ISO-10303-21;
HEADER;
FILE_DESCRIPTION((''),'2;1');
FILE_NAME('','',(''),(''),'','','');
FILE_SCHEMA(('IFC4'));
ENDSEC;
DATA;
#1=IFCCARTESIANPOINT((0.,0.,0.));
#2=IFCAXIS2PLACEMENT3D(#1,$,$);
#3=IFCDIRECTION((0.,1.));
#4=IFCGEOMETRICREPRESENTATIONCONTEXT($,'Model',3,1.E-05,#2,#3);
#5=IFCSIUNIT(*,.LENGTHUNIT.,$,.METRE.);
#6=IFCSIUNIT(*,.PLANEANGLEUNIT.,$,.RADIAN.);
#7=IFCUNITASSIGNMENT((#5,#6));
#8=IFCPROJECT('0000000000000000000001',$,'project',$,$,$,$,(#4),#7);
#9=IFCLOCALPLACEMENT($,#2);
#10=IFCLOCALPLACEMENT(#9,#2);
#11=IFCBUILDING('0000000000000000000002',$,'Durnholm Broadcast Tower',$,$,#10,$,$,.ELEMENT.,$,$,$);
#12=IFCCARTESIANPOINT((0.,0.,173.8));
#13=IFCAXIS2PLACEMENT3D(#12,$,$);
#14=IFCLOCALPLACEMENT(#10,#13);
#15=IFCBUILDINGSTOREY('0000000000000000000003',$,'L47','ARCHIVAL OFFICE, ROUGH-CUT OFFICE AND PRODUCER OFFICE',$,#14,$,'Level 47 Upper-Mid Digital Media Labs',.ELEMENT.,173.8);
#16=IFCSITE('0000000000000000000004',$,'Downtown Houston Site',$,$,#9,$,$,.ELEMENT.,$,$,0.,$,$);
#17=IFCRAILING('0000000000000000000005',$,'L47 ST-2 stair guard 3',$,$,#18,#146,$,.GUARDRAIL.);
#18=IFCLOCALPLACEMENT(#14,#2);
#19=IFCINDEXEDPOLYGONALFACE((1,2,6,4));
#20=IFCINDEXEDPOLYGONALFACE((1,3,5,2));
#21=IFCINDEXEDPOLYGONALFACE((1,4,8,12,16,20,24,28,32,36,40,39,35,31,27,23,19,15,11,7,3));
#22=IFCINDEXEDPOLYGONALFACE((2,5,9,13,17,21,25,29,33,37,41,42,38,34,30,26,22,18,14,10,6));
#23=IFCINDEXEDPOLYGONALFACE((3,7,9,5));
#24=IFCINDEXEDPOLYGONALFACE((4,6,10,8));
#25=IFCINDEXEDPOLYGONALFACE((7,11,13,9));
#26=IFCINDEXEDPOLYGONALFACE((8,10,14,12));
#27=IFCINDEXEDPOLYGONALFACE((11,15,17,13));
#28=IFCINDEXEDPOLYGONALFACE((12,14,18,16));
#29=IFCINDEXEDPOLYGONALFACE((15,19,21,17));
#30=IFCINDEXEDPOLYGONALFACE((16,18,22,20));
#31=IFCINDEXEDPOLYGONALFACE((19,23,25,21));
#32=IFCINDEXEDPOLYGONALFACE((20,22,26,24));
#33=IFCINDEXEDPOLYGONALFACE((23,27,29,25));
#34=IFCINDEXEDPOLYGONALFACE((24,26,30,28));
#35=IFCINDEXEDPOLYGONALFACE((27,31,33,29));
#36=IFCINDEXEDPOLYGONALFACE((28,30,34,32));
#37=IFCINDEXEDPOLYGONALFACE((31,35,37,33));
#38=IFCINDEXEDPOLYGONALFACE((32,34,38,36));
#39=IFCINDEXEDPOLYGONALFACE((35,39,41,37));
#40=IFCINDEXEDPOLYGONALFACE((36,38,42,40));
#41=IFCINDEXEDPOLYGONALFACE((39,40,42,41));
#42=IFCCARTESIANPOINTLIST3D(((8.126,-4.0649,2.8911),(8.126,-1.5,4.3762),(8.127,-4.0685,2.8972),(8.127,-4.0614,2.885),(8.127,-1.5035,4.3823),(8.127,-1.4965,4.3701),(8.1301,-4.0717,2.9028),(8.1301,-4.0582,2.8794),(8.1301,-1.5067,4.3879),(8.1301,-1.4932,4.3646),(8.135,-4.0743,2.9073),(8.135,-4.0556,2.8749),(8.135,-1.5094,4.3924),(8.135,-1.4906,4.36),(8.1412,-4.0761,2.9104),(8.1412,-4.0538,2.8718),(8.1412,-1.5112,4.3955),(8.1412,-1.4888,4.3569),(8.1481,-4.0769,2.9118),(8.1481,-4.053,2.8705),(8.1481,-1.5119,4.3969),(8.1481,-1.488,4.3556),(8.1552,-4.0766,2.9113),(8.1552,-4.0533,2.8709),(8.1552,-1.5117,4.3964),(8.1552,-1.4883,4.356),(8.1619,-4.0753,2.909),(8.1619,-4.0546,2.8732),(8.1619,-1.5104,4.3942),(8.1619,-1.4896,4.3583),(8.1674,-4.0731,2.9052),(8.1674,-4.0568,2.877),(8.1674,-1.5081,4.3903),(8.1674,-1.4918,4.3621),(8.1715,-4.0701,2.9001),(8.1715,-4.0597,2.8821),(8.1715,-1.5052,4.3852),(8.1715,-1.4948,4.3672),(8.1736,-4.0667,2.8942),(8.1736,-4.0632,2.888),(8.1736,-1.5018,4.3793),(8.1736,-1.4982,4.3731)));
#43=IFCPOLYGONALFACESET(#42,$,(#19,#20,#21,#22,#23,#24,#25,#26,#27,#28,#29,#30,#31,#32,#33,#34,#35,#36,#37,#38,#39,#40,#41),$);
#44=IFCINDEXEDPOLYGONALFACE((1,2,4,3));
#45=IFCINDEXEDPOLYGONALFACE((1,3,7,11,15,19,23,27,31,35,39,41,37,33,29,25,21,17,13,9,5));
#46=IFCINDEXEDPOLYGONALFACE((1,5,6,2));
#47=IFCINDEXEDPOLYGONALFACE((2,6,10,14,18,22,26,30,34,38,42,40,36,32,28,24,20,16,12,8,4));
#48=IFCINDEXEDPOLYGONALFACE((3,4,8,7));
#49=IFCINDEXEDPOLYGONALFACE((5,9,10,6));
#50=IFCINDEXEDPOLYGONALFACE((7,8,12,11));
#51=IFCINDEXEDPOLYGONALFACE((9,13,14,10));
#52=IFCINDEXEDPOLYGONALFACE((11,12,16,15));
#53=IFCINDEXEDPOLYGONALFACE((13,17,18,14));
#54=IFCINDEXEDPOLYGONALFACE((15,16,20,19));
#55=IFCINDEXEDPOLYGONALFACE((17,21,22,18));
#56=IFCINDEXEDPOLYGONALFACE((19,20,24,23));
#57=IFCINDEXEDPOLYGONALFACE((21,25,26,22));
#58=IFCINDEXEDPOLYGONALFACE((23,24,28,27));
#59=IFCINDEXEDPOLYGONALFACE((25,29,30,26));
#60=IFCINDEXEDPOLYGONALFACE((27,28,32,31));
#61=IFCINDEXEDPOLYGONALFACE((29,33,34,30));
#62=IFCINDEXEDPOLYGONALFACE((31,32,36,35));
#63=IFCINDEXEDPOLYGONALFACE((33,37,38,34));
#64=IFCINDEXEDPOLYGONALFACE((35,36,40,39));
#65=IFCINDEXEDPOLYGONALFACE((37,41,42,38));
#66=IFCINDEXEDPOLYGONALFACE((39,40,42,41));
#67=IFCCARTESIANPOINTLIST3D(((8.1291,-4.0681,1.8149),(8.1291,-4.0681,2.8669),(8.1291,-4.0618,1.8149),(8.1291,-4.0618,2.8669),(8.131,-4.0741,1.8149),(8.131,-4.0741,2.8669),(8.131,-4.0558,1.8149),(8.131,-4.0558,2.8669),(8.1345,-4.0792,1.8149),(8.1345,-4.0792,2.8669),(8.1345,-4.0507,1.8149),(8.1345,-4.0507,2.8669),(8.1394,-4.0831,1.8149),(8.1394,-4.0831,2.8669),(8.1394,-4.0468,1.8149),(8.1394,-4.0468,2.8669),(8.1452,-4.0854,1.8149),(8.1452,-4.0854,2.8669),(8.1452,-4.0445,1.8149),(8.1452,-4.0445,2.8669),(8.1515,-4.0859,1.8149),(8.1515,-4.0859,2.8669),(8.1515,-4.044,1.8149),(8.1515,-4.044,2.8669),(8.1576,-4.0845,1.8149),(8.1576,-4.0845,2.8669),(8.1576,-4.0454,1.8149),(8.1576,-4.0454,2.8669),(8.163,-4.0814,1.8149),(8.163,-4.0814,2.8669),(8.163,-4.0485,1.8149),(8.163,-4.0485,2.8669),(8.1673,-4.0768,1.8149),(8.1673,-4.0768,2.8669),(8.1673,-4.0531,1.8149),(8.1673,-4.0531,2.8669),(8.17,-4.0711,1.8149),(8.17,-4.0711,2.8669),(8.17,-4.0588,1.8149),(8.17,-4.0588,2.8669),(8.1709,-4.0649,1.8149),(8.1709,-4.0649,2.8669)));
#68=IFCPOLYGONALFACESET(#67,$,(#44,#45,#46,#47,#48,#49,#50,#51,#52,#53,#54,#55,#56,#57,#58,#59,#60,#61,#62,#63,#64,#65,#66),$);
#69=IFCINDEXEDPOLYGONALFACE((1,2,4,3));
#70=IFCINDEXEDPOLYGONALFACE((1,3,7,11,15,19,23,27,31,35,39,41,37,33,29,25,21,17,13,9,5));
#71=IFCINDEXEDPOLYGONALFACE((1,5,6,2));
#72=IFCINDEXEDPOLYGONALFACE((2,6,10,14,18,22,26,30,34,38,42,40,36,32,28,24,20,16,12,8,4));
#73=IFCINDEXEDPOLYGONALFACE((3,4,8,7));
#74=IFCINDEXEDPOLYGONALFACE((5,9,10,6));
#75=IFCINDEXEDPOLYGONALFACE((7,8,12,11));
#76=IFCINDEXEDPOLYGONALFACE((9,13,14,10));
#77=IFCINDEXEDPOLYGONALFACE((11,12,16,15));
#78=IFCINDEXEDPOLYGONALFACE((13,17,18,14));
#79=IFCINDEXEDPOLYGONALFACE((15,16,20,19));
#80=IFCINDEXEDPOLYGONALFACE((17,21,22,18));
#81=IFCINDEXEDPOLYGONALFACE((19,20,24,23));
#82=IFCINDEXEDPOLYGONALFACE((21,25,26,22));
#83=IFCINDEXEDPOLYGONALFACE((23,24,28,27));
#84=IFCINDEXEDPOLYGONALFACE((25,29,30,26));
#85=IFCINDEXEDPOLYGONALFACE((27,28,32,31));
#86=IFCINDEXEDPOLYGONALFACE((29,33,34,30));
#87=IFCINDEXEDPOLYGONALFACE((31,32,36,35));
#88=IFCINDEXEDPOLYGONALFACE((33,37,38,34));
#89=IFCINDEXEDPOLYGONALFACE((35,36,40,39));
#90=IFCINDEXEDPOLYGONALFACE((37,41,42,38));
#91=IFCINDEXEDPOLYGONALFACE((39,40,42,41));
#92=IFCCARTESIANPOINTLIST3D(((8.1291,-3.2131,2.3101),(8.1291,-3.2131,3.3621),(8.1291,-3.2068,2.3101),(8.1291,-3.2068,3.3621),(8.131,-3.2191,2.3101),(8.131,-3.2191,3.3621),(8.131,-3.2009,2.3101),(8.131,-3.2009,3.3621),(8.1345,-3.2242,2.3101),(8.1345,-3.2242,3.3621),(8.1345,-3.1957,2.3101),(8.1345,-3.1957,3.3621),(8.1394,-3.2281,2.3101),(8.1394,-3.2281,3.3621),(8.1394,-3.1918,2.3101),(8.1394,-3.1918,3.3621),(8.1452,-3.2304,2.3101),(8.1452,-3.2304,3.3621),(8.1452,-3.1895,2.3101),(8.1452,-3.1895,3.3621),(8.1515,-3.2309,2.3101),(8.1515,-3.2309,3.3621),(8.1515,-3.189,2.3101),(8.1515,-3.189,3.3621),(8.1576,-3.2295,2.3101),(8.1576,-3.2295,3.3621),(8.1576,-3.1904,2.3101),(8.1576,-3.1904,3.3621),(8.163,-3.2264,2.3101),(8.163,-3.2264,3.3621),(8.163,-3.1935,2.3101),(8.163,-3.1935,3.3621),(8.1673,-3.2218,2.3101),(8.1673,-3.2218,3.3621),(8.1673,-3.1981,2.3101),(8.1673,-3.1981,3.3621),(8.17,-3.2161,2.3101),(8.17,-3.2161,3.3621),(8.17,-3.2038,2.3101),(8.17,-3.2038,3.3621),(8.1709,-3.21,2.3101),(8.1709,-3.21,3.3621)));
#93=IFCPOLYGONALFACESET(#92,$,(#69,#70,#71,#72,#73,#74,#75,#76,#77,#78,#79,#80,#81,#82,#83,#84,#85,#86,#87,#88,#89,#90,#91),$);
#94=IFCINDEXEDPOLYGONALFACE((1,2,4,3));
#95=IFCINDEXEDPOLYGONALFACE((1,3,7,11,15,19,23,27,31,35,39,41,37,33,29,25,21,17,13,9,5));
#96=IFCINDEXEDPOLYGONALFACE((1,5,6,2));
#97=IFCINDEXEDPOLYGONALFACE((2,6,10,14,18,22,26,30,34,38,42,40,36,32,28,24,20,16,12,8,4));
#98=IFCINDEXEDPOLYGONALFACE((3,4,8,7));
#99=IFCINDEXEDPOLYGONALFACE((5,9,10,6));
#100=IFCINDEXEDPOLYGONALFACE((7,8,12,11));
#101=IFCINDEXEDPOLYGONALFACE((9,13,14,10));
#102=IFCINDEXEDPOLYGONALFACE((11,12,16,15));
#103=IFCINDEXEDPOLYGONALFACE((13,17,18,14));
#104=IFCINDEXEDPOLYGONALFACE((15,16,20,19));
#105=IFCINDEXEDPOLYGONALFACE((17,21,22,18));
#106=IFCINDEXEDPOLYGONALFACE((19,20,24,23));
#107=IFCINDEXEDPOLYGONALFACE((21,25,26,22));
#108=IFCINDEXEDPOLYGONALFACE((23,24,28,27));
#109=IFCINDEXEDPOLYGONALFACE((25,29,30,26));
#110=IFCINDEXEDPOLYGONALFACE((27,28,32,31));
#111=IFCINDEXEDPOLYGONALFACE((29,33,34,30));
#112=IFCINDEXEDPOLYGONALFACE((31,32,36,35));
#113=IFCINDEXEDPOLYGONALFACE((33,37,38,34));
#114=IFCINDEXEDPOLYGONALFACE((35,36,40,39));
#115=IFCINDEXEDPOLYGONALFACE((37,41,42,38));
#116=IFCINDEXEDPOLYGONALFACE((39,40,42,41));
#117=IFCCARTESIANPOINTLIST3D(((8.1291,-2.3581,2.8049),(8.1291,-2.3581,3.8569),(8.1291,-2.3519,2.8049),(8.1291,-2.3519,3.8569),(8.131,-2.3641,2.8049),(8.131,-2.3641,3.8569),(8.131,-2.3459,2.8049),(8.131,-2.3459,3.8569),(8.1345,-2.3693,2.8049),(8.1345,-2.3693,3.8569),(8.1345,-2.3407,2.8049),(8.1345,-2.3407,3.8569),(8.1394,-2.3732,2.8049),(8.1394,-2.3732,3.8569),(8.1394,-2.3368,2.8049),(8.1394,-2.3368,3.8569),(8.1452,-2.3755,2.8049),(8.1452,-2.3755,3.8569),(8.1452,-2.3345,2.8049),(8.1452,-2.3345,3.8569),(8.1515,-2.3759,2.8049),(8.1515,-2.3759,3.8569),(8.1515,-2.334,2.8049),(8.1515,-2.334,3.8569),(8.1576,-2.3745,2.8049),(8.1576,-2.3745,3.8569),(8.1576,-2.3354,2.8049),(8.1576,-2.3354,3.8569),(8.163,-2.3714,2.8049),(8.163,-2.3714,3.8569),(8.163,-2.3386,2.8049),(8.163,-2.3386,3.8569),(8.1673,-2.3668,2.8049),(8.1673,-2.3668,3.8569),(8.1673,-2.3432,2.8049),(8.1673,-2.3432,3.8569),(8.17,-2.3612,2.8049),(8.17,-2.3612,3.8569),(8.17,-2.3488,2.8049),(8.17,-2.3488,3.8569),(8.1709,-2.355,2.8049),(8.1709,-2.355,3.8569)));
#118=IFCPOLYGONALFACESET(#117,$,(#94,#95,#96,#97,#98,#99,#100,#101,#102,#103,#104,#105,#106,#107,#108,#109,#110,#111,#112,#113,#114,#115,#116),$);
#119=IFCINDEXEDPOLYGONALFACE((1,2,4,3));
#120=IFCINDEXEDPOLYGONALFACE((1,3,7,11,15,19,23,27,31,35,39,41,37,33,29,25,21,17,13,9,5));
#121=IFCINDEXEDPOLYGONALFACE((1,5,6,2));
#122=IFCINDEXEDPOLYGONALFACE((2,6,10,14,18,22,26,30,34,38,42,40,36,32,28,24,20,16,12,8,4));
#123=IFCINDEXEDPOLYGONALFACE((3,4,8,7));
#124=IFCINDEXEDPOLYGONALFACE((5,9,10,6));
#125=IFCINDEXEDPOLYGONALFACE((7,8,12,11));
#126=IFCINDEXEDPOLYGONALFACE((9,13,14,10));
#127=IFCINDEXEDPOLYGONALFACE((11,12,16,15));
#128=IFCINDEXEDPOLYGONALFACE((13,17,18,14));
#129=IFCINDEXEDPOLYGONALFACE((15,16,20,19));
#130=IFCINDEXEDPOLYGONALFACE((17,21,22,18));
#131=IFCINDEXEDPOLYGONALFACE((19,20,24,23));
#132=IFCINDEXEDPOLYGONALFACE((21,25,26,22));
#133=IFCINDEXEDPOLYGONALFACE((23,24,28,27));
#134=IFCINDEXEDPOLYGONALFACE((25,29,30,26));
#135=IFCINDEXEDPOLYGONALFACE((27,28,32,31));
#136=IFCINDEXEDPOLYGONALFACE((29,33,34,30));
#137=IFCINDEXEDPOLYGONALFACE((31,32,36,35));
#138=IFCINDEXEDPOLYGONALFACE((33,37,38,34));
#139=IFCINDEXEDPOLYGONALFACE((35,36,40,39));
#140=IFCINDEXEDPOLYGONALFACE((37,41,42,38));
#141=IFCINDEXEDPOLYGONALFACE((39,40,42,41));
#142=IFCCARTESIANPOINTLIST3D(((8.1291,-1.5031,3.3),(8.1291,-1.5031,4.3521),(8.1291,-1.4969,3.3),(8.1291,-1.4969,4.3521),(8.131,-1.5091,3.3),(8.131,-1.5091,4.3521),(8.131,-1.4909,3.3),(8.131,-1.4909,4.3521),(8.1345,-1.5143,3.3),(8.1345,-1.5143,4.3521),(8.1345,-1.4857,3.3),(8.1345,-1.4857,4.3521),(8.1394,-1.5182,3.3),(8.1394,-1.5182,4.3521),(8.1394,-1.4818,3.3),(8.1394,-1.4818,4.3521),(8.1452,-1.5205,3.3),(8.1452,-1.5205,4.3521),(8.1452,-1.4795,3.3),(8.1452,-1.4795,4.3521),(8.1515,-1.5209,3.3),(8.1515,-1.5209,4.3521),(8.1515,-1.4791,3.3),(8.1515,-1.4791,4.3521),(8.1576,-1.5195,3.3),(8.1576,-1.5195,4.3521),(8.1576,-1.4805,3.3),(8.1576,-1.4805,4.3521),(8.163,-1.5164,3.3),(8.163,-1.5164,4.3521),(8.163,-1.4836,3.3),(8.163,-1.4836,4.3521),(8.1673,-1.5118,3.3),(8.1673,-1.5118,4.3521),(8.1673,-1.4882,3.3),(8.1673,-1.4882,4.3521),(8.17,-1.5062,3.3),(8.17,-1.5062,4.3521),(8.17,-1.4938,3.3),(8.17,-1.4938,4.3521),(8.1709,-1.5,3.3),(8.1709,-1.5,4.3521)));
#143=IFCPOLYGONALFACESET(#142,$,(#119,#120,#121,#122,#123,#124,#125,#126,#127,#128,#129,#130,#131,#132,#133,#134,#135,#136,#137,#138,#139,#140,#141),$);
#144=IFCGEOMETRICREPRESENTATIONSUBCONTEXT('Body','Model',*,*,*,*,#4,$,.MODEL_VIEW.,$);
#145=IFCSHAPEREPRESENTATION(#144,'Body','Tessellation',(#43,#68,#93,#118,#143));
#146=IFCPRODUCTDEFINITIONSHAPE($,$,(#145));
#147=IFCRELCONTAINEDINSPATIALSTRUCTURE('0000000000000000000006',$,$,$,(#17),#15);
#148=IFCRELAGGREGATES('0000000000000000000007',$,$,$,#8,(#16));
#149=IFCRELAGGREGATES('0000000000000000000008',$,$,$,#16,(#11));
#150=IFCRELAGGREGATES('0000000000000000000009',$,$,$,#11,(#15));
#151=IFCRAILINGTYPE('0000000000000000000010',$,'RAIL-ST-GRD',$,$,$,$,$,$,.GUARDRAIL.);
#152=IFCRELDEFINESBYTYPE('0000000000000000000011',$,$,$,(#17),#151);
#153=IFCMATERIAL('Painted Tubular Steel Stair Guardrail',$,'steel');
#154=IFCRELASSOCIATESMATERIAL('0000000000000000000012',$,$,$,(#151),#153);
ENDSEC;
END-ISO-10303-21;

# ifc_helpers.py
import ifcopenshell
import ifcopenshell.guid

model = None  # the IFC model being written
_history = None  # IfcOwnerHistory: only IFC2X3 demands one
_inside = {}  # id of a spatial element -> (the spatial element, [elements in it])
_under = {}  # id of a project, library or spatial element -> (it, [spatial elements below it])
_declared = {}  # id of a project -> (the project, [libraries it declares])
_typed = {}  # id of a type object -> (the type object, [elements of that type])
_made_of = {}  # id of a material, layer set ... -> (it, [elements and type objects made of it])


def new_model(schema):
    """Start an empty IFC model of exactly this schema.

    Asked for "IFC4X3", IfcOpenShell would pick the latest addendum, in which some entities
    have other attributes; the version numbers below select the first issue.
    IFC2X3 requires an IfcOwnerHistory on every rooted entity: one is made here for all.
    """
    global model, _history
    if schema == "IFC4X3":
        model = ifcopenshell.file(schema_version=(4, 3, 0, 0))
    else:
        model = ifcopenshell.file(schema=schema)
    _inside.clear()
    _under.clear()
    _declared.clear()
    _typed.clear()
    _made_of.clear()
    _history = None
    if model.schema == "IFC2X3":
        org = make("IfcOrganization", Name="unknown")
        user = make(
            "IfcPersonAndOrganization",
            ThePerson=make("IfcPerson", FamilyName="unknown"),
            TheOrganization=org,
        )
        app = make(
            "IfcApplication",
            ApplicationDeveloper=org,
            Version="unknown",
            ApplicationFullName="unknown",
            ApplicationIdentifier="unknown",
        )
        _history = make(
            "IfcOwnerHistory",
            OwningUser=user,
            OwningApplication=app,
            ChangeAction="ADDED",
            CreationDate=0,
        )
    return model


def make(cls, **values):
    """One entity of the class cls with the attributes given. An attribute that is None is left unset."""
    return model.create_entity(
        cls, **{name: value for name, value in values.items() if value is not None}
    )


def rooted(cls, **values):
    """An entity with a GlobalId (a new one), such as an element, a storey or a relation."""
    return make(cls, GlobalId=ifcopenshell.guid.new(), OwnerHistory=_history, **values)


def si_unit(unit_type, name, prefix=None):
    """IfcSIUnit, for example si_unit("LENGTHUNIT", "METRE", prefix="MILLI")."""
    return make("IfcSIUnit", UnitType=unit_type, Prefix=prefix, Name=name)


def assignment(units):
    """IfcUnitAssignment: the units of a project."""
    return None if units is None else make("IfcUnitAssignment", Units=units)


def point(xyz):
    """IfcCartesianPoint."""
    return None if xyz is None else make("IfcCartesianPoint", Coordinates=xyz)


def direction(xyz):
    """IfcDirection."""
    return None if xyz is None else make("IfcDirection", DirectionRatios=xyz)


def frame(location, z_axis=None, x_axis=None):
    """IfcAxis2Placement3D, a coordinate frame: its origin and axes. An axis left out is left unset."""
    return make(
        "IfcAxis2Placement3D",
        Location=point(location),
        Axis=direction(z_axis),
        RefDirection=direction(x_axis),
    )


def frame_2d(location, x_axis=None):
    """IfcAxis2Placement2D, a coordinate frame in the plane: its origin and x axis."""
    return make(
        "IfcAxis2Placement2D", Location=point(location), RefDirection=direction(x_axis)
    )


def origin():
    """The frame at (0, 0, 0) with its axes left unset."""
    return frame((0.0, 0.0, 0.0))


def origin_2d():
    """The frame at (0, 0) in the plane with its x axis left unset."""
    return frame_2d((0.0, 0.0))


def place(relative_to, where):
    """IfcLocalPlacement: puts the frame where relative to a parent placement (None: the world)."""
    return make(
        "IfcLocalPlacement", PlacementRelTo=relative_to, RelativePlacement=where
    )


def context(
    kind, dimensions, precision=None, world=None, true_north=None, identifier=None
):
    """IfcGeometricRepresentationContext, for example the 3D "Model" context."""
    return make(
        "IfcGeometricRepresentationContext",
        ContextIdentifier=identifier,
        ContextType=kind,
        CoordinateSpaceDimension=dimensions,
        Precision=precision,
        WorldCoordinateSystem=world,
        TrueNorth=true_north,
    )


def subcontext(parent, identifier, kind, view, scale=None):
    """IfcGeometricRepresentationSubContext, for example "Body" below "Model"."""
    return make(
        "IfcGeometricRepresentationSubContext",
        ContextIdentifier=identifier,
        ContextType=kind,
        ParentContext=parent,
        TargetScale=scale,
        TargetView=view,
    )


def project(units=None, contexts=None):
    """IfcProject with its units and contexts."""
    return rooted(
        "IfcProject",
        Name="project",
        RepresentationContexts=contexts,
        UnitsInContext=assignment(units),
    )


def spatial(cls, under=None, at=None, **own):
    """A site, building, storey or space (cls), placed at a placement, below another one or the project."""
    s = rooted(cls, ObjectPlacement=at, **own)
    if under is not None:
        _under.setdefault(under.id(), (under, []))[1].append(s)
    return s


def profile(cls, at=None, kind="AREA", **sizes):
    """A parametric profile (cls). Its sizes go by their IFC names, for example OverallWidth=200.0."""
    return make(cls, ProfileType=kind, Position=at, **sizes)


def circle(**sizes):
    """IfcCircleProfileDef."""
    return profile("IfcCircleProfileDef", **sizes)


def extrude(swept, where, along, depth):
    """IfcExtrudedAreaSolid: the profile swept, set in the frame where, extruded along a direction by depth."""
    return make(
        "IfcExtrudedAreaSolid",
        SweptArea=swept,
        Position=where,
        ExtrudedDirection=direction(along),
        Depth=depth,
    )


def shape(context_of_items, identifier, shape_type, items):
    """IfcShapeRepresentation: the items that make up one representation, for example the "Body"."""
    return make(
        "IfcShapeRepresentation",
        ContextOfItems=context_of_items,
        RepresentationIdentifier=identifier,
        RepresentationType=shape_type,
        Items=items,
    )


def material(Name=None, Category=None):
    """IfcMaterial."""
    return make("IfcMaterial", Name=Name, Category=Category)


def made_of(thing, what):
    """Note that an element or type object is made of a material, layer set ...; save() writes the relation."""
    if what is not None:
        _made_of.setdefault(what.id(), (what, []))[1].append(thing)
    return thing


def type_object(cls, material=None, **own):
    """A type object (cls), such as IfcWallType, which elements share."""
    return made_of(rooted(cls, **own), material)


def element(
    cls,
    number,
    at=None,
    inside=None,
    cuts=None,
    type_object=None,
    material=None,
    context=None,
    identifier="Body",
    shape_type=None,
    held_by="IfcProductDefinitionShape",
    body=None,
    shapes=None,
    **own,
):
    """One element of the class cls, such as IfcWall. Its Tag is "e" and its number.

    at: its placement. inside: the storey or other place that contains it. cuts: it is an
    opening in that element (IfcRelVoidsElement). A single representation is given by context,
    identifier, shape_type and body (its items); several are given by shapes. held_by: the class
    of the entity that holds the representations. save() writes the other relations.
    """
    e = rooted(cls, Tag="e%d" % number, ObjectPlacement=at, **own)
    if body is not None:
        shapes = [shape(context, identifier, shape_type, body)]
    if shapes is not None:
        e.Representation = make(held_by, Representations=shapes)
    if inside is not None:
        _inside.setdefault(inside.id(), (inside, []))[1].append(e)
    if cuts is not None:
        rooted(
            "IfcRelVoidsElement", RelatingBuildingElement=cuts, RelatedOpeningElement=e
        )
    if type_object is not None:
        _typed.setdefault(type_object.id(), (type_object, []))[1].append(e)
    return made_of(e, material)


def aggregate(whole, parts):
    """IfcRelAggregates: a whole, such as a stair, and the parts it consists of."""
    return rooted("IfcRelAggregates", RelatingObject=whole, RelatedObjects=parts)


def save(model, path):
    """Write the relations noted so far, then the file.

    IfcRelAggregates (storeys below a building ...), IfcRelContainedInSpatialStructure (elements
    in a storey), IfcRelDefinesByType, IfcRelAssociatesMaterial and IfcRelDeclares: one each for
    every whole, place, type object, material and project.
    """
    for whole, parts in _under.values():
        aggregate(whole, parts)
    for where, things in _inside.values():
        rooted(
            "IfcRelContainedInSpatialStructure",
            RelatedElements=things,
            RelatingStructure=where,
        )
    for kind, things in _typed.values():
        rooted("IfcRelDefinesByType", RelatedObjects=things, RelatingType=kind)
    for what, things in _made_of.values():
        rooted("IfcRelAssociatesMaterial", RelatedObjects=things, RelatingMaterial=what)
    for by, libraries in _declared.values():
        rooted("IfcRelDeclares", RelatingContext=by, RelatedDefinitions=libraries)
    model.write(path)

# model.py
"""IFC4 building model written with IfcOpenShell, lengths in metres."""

from ifc_helpers import new_model, si_unit, direction, frame, origin, origin_2d, place, context, subcontext, project, spatial, circle, extrude, material, type_object, element, save


model = new_model("IFC4")

# Units and contexts
model_context = context("Model", 3, precision=1e-05, world=origin(), true_north=direction((0.0, 1.0)))
body_context = subcontext(model_context, "Body", "Model", "MODEL_VIEW")
ifc_project = project(units=[si_unit("LENGTHUNIT", "METRE"), si_unit("PLANEANGLEUNIT", "RADIAN")], contexts=[model_context])

# Site, building, storey
site_placement = place(None, origin())
site = spatial("IfcSite", under=ifc_project, at=site_placement, Name="Downtown Houston Site", CompositionType="ELEMENT", RefElevation=0.0)
building_placement = place(site_placement, origin())
building = spatial("IfcBuilding", under=site, at=building_placement, Name="Durnholm Broadcast Tower", CompositionType="ELEMENT")
storey_placement = place(building_placement, frame((0.0, 0.0, 173.8)))
storey = spatial("IfcBuildingStorey", under=building, at=storey_placement, Name="L47", Description="ARCHIVAL OFFICE, ROUGH-CUT OFFICE AND PRODUCER OFFICE", LongName="Level 47 Upper-Mid Digital Media Labs", CompositionType="ELEMENT", Elevation=173.8)

# Railing
ifc_material_1 = material(Name="Painted Tubular Steel Stair Guardrail", Category="steel")
railing_type_1 = type_object("IfcRailingType", Name="RAIL-ST-GRD", PredefinedType="GUARDRAIL", material=ifc_material_1)
railing_1_placement = place(storey_placement, frame((8.1499, -4.0649, 1.8149)))
element("IfcRailing", 1, at=railing_1_placement, inside=storey, type_object=railing_type_1, Name="L47 ST-2 stair guard 3", PredefinedType="GUARDRAIL", context=body_context, shape_type="SweptSolid", body=[
    extrude(circle(Radius=0.0239, at=origin_2d()), frame((0.0, 0.0, 1.0762), z_axis=(0.0, 0.865406, 0.501072), x_axis=(-1.0, 0.0, 0.0)), (0.0, 0.0, 1.0), 2.9639),
    extrude(circle(Radius=0.021, at=origin_2d()), origin(), (0.0, 0.0, 1.0), 1.052),
    extrude(circle(Radius=0.021, at=origin_2d()), frame((0.0, 0.855, 0.4951)), (0.0, 0.0, 1.0), 1.052),
    extrude(circle(Radius=0.021, at=origin_2d()), frame((0.0, 1.71, 0.99)), (0.0, 0.0, 1.0), 1.052),
    extrude(circle(Radius=0.021, at=origin_2d()), frame((0.0, 2.5649, 1.4851)), (0.0, 0.0, 1.0), 1.052),
])

save(model, "model.ifc")
